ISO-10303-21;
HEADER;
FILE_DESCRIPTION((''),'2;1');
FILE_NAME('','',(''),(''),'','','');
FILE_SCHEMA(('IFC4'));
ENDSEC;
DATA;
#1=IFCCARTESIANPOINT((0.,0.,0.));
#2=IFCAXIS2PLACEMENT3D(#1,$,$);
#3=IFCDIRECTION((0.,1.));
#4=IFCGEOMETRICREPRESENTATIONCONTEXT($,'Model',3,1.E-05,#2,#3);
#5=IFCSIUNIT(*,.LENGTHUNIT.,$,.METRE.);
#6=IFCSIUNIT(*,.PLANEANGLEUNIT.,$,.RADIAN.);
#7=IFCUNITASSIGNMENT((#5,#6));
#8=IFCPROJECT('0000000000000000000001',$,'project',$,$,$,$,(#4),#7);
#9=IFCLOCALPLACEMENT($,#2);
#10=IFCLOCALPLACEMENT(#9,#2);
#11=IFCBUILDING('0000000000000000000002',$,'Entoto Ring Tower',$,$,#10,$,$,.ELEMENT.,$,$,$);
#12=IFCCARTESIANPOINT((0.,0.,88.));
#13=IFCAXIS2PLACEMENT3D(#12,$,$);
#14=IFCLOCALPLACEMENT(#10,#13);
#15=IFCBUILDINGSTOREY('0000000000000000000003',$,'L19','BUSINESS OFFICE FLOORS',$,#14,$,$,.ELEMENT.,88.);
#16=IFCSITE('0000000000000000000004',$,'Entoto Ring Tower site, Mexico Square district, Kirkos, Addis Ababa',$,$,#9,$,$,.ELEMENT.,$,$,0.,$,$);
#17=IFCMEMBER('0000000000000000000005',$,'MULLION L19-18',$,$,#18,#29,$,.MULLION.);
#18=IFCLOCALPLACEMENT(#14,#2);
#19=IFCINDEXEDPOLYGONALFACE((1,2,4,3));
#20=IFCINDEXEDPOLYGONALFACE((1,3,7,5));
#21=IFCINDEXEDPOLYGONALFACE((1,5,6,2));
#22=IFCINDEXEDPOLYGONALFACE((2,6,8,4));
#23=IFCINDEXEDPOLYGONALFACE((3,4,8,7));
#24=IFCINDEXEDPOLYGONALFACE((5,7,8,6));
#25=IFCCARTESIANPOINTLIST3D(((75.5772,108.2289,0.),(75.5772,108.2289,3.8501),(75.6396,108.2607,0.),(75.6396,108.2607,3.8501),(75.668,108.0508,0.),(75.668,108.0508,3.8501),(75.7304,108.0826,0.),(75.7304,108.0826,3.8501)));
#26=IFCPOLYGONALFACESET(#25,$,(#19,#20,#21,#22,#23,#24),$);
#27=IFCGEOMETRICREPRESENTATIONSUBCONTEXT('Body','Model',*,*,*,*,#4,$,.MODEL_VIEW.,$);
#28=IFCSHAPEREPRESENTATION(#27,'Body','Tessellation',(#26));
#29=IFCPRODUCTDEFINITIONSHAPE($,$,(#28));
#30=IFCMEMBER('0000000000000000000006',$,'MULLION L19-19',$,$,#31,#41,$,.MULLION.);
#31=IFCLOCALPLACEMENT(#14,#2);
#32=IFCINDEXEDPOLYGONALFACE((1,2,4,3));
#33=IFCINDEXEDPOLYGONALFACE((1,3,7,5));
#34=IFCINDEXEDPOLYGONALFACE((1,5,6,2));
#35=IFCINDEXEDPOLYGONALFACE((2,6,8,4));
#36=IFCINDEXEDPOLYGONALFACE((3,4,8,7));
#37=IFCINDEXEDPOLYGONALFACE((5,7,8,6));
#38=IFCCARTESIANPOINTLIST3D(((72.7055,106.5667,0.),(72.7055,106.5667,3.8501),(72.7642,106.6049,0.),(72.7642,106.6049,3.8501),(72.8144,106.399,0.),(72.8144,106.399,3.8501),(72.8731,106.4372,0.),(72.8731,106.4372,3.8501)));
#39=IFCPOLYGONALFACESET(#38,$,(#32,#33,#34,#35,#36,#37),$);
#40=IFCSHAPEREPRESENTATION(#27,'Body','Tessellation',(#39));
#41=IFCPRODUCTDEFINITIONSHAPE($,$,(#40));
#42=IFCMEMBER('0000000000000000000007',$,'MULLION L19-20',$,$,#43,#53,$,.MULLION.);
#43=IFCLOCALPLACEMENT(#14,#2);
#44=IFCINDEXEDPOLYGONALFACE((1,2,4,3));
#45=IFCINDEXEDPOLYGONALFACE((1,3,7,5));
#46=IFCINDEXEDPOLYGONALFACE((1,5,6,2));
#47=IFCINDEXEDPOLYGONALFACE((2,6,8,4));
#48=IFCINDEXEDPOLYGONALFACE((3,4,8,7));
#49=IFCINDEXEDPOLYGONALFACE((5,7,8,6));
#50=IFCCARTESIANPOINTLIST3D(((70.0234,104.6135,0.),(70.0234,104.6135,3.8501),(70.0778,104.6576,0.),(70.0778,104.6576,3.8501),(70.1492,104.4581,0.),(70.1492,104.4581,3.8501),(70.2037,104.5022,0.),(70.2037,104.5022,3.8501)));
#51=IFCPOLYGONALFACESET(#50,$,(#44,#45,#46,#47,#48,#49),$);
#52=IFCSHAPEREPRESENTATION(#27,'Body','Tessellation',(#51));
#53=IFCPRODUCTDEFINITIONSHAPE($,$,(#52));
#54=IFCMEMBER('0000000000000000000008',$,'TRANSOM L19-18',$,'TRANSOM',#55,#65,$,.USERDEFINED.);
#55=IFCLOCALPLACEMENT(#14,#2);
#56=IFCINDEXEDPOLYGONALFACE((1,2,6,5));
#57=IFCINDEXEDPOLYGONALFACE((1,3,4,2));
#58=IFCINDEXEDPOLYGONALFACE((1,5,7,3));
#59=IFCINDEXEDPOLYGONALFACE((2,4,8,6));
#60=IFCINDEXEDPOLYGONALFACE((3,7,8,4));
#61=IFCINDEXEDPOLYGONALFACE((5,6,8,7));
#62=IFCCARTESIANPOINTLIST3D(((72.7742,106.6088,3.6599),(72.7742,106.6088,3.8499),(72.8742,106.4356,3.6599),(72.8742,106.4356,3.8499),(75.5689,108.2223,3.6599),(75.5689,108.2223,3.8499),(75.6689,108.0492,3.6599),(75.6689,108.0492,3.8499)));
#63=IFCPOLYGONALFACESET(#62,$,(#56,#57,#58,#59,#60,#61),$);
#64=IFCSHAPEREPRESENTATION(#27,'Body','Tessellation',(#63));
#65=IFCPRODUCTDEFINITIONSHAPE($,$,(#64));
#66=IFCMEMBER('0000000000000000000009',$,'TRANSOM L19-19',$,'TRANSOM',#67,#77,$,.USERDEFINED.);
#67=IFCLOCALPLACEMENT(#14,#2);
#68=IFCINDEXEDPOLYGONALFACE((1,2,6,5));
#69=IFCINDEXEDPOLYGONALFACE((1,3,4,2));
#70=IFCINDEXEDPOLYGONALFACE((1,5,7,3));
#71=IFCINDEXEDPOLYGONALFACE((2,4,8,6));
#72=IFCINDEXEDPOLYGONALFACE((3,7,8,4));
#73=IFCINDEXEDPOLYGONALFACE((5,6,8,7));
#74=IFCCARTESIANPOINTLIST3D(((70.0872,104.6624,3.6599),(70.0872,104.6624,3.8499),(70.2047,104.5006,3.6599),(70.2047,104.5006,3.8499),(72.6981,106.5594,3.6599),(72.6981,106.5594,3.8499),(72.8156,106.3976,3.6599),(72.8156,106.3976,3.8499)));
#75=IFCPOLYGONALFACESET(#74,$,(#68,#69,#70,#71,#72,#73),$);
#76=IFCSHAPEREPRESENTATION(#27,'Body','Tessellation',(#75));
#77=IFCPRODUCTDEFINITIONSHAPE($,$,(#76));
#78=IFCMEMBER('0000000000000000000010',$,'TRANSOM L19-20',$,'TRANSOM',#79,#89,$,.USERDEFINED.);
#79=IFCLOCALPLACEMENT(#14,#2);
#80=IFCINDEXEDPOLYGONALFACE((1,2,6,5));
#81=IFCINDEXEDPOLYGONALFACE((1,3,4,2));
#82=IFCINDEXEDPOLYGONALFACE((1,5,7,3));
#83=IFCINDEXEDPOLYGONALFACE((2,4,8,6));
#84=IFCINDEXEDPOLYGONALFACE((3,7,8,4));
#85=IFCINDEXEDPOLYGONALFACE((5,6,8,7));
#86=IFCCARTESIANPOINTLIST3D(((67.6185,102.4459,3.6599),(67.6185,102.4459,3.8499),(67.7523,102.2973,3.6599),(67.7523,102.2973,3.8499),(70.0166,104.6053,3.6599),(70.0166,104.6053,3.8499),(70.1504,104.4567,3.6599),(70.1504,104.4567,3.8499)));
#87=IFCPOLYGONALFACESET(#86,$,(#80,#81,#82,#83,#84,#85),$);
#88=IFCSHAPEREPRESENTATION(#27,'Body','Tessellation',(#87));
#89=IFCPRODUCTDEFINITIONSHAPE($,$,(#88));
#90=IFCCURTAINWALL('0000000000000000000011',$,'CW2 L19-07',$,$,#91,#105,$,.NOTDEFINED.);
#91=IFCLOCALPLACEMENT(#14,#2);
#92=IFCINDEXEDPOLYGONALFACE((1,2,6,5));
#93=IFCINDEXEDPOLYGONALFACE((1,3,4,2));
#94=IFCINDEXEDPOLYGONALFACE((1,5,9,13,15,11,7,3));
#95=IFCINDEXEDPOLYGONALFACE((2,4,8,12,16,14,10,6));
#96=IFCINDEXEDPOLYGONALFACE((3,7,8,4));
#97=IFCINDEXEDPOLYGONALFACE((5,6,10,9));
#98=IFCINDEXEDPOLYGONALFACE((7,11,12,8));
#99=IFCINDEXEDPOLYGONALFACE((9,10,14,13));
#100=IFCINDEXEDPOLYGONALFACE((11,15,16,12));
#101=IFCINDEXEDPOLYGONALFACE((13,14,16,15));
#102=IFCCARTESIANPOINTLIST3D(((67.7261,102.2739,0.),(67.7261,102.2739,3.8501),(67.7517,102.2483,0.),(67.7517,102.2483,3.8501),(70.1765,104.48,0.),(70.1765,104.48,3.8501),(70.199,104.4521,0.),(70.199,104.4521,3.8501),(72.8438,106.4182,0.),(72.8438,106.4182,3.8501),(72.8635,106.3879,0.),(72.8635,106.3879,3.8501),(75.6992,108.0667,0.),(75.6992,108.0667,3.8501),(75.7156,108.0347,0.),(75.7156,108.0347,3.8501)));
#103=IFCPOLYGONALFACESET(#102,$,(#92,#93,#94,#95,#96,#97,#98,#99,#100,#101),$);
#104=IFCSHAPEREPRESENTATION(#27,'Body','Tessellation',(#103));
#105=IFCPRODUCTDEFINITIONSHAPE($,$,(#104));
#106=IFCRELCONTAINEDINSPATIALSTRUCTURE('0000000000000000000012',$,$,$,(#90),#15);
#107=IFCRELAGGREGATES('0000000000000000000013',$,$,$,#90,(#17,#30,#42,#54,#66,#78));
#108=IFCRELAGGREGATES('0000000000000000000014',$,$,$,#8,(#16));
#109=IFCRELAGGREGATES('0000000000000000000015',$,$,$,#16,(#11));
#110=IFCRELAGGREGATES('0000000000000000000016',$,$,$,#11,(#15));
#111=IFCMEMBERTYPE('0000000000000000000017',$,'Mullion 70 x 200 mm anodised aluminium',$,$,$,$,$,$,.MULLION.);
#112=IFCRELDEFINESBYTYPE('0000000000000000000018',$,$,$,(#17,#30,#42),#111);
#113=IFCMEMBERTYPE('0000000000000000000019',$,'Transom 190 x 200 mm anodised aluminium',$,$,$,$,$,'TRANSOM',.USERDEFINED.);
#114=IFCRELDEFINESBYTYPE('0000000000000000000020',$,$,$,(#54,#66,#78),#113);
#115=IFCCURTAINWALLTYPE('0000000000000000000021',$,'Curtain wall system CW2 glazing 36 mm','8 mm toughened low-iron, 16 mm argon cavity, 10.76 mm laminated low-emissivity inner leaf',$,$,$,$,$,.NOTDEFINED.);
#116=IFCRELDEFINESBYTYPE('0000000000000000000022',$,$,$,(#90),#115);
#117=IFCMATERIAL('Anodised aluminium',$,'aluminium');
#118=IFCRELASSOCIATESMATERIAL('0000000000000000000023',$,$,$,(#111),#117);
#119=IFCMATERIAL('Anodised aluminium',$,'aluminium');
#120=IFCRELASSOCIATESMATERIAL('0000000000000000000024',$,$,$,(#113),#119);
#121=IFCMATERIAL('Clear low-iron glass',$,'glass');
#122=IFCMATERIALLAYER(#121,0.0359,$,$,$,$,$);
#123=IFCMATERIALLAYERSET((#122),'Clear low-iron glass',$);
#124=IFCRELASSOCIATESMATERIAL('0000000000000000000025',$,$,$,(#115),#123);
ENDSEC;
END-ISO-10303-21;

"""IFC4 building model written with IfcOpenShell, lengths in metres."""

from ifc_helpers import new_model, si_unit, direction, frame, origin, origin_2d, place, context, subcontext, project, spatial, polyline, rectangle, outline, extrude, material, layer, layer_set, material_profile, profile_set, type_object, element, aggregate, save


model = new_model("IFC4")

# Units and contexts
model_context = context("Model", 3, precision=1e-05, world=origin(), true_north=direction((0.0, 1.0)))
body_context = subcontext(model_context, "Body", "Model", "MODEL_VIEW")
ifc_project = project(units=[si_unit("LENGTHUNIT", "METRE"), si_unit("PLANEANGLEUNIT", "RADIAN")], contexts=[model_context])

# Members
ifc_material_1 = material(Name="Anodised aluminium", Category="aluminium")
ifc_material_profile_1 = material_profile(ifc_material_1, rectangle(XDim=0.0701, YDim=0.2, at=origin_2d()), Name="Mullion 70 x 200 mm anodised aluminium")
ifc_profile_set_1 = profile_set([ifc_material_profile_1], Name="Anodised aluminium")
member_type_1 = type_object("IfcMemberType", Name="Mullion 70 x 200 mm anodised aluminium", PredefinedType="MULLION", material=ifc_profile_set_1)
site_placement = place(None, origin())
building_placement = place(site_placement, origin())
storey_placement = place(building_placement, frame((0.0, 0.0, 88.0)))
member_1_placement = place(storey_placement, frame((75.6538, 108.1558, 0.0), z_axis=(0.0, 0.0, 1.0), x_axis=(-0.891007, -0.45399, 0.0)))
member_1 = element("IfcMember", 1, at=member_1_placement, type_object=member_type_1, Name="MULLION L19-18", PredefinedType="MULLION", context=body_context, shape_type="SweptSolid", body=[
    extrude(rectangle(XDim=0.0701, YDim=0.2, at=origin_2d()), origin(), (0.0, 0.0, 1.0), 3.8501),
])
member_2_placement = place(storey_placement, frame((72.7893, 106.502, 0.0), z_axis=(0.0, 0.0, 1.0), x_axis=(-0.838671, -0.544639, 0.0)))
member_2 = element("IfcMember", 2, at=member_2_placement, type_object=member_type_1, Name="MULLION L19-19", PredefinedType="MULLION", context=body_context, shape_type="SweptSolid", body=[
    extrude(rectangle(XDim=0.0701, YDim=0.2, at=origin_2d()), origin(), (0.0, 0.0, 1.0), 3.8501),
])
member_3_placement = place(storey_placement, frame((70.1135, 104.5579, 0.0), z_axis=(0.0, 0.0, 1.0), x_axis=(-0.777146, -0.62932, 0.0)))
member_3 = element("IfcMember", 3, at=member_3_placement, type_object=member_type_1, Name="MULLION L19-20", PredefinedType="MULLION", context=body_context, shape_type="SweptSolid", body=[
    extrude(rectangle(XDim=0.0701, YDim=0.2, at=origin_2d()), origin(), (0.0, 0.0, 1.0), 3.8501),
])
ifc_material_2 = material(Name="Anodised aluminium", Category="aluminium")
ifc_material_profile_2 = material_profile(ifc_material_2, rectangle(XDim=0.2, YDim=0.1899, at=origin_2d()), Name="Transom 190 x 200 mm anodised aluminium")
ifc_profile_set_2 = profile_set([ifc_material_profile_2], Name="Anodised aluminium")
member_type_2 = type_object("IfcMemberType", Name="Transom 190 x 200 mm anodised aluminium", ElementType="TRANSOM", PredefinedType="USERDEFINED", material=ifc_profile_set_2)
member_4_placement = place(storey_placement, frame((75.6189, 108.1357, 3.7549), z_axis=(-0.866023, -0.500004, 0.0), x_axis=(0.500004, -0.866023, 0.0)))
member_4 = element("IfcMember", 4, at=member_4_placement, type_object=member_type_2, Name="TRANSOM L19-18", ObjectType="TRANSOM", PredefinedType="USERDEFINED", context=body_context, shape_type="SweptSolid", body=[
    extrude(rectangle(XDim=0.2, YDim=0.1899, at=origin_2d()), origin(), (0.0, 0.0, 1.0), 3.2271),
])
member_5_placement = place(storey_placement, frame((72.7568, 106.4785, 3.7549), z_axis=(-0.809004, -0.587803, 0.0), x_axis=(0.587803, -0.809004, 0.0)))
member_5 = element("IfcMember", 5, at=member_5_placement, type_object=member_type_2, Name="TRANSOM L19-19", ObjectType="TRANSOM", PredefinedType="USERDEFINED", context=body_context, shape_type="SweptSolid", body=[
    extrude(rectangle(XDim=0.2, YDim=0.1899, at=origin_2d()), origin(), (0.0, 0.0, 1.0), 3.2273),
])
member_6_placement = place(storey_placement, frame((70.0835, 104.531, 3.7549), z_axis=(-0.743132, -0.669144, 0.0), x_axis=(0.669144, -0.743132, 0.0)))
member_6 = element("IfcMember", 6, at=member_6_placement, type_object=member_type_2, Name="TRANSOM L19-20", ObjectType="TRANSOM", PredefinedType="USERDEFINED", context=body_context, shape_type="SweptSolid", body=[
    extrude(rectangle(XDim=0.2, YDim=0.1899, at=origin_2d()), origin(), (0.0, 0.0, 1.0), 3.2271),
])

# Site, building, storey
site = spatial("IfcSite", under=ifc_project, at=site_placement, Name="Entoto Ring Tower site, Mexico Square district, Kirkos, Addis Ababa", CompositionType="ELEMENT", RefElevation=0.0)
building = spatial("IfcBuilding", under=site, at=building_placement, Name="Entoto Ring Tower", CompositionType="ELEMENT")
storey = spatial("IfcBuildingStorey", under=building, at=storey_placement, Name="L19", Description="BUSINESS OFFICE FLOORS", CompositionType="ELEMENT", Elevation=88.0)

# Curtain wall
ifc_material_3 = material(Name="Clear low-iron glass", Category="glass")
ifc_layer = layer(ifc_material_3, 0.0359)
ifc_layer_set = layer_set([ifc_layer], Name="Clear low-iron glass")
curtain_wall_type = type_object("IfcCurtainWallType", Name="Curtain wall system CW2 glazing 36 mm", Description="8 mm toughened low-iron, 16 mm argon cavity, 10.76 mm laminated low-emissivity inner leaf", PredefinedType="NOTDEFINED", material=ifc_layer_set)
curtain_wall_1_placement = place(storey_placement, origin())
curtain_wall_1 = element("IfcCurtainWall", 7, at=curtain_wall_1_placement, inside=storey, type_object=curtain_wall_type, Name="CW2 L19-07", PredefinedType="NOTDEFINED", context=body_context, shape_type="SweptSolid", body=[
    extrude(outline(polyline([(75.6992, 108.0667), (72.8438, 106.4182), (70.1765, 104.48), (67.7261, 102.2739), (67.7517, 102.2483), (70.199, 104.4521), (72.8635, 106.3879), (75.7156, 108.0347), (75.6992, 108.0667)])), origin(), (0.0, 0.0, 1.0), 3.8501),
])
aggregate(curtain_wall_1, [member_1, member_2, member_3, member_4, member_5, member_6])

save(model, "model.ifc")
